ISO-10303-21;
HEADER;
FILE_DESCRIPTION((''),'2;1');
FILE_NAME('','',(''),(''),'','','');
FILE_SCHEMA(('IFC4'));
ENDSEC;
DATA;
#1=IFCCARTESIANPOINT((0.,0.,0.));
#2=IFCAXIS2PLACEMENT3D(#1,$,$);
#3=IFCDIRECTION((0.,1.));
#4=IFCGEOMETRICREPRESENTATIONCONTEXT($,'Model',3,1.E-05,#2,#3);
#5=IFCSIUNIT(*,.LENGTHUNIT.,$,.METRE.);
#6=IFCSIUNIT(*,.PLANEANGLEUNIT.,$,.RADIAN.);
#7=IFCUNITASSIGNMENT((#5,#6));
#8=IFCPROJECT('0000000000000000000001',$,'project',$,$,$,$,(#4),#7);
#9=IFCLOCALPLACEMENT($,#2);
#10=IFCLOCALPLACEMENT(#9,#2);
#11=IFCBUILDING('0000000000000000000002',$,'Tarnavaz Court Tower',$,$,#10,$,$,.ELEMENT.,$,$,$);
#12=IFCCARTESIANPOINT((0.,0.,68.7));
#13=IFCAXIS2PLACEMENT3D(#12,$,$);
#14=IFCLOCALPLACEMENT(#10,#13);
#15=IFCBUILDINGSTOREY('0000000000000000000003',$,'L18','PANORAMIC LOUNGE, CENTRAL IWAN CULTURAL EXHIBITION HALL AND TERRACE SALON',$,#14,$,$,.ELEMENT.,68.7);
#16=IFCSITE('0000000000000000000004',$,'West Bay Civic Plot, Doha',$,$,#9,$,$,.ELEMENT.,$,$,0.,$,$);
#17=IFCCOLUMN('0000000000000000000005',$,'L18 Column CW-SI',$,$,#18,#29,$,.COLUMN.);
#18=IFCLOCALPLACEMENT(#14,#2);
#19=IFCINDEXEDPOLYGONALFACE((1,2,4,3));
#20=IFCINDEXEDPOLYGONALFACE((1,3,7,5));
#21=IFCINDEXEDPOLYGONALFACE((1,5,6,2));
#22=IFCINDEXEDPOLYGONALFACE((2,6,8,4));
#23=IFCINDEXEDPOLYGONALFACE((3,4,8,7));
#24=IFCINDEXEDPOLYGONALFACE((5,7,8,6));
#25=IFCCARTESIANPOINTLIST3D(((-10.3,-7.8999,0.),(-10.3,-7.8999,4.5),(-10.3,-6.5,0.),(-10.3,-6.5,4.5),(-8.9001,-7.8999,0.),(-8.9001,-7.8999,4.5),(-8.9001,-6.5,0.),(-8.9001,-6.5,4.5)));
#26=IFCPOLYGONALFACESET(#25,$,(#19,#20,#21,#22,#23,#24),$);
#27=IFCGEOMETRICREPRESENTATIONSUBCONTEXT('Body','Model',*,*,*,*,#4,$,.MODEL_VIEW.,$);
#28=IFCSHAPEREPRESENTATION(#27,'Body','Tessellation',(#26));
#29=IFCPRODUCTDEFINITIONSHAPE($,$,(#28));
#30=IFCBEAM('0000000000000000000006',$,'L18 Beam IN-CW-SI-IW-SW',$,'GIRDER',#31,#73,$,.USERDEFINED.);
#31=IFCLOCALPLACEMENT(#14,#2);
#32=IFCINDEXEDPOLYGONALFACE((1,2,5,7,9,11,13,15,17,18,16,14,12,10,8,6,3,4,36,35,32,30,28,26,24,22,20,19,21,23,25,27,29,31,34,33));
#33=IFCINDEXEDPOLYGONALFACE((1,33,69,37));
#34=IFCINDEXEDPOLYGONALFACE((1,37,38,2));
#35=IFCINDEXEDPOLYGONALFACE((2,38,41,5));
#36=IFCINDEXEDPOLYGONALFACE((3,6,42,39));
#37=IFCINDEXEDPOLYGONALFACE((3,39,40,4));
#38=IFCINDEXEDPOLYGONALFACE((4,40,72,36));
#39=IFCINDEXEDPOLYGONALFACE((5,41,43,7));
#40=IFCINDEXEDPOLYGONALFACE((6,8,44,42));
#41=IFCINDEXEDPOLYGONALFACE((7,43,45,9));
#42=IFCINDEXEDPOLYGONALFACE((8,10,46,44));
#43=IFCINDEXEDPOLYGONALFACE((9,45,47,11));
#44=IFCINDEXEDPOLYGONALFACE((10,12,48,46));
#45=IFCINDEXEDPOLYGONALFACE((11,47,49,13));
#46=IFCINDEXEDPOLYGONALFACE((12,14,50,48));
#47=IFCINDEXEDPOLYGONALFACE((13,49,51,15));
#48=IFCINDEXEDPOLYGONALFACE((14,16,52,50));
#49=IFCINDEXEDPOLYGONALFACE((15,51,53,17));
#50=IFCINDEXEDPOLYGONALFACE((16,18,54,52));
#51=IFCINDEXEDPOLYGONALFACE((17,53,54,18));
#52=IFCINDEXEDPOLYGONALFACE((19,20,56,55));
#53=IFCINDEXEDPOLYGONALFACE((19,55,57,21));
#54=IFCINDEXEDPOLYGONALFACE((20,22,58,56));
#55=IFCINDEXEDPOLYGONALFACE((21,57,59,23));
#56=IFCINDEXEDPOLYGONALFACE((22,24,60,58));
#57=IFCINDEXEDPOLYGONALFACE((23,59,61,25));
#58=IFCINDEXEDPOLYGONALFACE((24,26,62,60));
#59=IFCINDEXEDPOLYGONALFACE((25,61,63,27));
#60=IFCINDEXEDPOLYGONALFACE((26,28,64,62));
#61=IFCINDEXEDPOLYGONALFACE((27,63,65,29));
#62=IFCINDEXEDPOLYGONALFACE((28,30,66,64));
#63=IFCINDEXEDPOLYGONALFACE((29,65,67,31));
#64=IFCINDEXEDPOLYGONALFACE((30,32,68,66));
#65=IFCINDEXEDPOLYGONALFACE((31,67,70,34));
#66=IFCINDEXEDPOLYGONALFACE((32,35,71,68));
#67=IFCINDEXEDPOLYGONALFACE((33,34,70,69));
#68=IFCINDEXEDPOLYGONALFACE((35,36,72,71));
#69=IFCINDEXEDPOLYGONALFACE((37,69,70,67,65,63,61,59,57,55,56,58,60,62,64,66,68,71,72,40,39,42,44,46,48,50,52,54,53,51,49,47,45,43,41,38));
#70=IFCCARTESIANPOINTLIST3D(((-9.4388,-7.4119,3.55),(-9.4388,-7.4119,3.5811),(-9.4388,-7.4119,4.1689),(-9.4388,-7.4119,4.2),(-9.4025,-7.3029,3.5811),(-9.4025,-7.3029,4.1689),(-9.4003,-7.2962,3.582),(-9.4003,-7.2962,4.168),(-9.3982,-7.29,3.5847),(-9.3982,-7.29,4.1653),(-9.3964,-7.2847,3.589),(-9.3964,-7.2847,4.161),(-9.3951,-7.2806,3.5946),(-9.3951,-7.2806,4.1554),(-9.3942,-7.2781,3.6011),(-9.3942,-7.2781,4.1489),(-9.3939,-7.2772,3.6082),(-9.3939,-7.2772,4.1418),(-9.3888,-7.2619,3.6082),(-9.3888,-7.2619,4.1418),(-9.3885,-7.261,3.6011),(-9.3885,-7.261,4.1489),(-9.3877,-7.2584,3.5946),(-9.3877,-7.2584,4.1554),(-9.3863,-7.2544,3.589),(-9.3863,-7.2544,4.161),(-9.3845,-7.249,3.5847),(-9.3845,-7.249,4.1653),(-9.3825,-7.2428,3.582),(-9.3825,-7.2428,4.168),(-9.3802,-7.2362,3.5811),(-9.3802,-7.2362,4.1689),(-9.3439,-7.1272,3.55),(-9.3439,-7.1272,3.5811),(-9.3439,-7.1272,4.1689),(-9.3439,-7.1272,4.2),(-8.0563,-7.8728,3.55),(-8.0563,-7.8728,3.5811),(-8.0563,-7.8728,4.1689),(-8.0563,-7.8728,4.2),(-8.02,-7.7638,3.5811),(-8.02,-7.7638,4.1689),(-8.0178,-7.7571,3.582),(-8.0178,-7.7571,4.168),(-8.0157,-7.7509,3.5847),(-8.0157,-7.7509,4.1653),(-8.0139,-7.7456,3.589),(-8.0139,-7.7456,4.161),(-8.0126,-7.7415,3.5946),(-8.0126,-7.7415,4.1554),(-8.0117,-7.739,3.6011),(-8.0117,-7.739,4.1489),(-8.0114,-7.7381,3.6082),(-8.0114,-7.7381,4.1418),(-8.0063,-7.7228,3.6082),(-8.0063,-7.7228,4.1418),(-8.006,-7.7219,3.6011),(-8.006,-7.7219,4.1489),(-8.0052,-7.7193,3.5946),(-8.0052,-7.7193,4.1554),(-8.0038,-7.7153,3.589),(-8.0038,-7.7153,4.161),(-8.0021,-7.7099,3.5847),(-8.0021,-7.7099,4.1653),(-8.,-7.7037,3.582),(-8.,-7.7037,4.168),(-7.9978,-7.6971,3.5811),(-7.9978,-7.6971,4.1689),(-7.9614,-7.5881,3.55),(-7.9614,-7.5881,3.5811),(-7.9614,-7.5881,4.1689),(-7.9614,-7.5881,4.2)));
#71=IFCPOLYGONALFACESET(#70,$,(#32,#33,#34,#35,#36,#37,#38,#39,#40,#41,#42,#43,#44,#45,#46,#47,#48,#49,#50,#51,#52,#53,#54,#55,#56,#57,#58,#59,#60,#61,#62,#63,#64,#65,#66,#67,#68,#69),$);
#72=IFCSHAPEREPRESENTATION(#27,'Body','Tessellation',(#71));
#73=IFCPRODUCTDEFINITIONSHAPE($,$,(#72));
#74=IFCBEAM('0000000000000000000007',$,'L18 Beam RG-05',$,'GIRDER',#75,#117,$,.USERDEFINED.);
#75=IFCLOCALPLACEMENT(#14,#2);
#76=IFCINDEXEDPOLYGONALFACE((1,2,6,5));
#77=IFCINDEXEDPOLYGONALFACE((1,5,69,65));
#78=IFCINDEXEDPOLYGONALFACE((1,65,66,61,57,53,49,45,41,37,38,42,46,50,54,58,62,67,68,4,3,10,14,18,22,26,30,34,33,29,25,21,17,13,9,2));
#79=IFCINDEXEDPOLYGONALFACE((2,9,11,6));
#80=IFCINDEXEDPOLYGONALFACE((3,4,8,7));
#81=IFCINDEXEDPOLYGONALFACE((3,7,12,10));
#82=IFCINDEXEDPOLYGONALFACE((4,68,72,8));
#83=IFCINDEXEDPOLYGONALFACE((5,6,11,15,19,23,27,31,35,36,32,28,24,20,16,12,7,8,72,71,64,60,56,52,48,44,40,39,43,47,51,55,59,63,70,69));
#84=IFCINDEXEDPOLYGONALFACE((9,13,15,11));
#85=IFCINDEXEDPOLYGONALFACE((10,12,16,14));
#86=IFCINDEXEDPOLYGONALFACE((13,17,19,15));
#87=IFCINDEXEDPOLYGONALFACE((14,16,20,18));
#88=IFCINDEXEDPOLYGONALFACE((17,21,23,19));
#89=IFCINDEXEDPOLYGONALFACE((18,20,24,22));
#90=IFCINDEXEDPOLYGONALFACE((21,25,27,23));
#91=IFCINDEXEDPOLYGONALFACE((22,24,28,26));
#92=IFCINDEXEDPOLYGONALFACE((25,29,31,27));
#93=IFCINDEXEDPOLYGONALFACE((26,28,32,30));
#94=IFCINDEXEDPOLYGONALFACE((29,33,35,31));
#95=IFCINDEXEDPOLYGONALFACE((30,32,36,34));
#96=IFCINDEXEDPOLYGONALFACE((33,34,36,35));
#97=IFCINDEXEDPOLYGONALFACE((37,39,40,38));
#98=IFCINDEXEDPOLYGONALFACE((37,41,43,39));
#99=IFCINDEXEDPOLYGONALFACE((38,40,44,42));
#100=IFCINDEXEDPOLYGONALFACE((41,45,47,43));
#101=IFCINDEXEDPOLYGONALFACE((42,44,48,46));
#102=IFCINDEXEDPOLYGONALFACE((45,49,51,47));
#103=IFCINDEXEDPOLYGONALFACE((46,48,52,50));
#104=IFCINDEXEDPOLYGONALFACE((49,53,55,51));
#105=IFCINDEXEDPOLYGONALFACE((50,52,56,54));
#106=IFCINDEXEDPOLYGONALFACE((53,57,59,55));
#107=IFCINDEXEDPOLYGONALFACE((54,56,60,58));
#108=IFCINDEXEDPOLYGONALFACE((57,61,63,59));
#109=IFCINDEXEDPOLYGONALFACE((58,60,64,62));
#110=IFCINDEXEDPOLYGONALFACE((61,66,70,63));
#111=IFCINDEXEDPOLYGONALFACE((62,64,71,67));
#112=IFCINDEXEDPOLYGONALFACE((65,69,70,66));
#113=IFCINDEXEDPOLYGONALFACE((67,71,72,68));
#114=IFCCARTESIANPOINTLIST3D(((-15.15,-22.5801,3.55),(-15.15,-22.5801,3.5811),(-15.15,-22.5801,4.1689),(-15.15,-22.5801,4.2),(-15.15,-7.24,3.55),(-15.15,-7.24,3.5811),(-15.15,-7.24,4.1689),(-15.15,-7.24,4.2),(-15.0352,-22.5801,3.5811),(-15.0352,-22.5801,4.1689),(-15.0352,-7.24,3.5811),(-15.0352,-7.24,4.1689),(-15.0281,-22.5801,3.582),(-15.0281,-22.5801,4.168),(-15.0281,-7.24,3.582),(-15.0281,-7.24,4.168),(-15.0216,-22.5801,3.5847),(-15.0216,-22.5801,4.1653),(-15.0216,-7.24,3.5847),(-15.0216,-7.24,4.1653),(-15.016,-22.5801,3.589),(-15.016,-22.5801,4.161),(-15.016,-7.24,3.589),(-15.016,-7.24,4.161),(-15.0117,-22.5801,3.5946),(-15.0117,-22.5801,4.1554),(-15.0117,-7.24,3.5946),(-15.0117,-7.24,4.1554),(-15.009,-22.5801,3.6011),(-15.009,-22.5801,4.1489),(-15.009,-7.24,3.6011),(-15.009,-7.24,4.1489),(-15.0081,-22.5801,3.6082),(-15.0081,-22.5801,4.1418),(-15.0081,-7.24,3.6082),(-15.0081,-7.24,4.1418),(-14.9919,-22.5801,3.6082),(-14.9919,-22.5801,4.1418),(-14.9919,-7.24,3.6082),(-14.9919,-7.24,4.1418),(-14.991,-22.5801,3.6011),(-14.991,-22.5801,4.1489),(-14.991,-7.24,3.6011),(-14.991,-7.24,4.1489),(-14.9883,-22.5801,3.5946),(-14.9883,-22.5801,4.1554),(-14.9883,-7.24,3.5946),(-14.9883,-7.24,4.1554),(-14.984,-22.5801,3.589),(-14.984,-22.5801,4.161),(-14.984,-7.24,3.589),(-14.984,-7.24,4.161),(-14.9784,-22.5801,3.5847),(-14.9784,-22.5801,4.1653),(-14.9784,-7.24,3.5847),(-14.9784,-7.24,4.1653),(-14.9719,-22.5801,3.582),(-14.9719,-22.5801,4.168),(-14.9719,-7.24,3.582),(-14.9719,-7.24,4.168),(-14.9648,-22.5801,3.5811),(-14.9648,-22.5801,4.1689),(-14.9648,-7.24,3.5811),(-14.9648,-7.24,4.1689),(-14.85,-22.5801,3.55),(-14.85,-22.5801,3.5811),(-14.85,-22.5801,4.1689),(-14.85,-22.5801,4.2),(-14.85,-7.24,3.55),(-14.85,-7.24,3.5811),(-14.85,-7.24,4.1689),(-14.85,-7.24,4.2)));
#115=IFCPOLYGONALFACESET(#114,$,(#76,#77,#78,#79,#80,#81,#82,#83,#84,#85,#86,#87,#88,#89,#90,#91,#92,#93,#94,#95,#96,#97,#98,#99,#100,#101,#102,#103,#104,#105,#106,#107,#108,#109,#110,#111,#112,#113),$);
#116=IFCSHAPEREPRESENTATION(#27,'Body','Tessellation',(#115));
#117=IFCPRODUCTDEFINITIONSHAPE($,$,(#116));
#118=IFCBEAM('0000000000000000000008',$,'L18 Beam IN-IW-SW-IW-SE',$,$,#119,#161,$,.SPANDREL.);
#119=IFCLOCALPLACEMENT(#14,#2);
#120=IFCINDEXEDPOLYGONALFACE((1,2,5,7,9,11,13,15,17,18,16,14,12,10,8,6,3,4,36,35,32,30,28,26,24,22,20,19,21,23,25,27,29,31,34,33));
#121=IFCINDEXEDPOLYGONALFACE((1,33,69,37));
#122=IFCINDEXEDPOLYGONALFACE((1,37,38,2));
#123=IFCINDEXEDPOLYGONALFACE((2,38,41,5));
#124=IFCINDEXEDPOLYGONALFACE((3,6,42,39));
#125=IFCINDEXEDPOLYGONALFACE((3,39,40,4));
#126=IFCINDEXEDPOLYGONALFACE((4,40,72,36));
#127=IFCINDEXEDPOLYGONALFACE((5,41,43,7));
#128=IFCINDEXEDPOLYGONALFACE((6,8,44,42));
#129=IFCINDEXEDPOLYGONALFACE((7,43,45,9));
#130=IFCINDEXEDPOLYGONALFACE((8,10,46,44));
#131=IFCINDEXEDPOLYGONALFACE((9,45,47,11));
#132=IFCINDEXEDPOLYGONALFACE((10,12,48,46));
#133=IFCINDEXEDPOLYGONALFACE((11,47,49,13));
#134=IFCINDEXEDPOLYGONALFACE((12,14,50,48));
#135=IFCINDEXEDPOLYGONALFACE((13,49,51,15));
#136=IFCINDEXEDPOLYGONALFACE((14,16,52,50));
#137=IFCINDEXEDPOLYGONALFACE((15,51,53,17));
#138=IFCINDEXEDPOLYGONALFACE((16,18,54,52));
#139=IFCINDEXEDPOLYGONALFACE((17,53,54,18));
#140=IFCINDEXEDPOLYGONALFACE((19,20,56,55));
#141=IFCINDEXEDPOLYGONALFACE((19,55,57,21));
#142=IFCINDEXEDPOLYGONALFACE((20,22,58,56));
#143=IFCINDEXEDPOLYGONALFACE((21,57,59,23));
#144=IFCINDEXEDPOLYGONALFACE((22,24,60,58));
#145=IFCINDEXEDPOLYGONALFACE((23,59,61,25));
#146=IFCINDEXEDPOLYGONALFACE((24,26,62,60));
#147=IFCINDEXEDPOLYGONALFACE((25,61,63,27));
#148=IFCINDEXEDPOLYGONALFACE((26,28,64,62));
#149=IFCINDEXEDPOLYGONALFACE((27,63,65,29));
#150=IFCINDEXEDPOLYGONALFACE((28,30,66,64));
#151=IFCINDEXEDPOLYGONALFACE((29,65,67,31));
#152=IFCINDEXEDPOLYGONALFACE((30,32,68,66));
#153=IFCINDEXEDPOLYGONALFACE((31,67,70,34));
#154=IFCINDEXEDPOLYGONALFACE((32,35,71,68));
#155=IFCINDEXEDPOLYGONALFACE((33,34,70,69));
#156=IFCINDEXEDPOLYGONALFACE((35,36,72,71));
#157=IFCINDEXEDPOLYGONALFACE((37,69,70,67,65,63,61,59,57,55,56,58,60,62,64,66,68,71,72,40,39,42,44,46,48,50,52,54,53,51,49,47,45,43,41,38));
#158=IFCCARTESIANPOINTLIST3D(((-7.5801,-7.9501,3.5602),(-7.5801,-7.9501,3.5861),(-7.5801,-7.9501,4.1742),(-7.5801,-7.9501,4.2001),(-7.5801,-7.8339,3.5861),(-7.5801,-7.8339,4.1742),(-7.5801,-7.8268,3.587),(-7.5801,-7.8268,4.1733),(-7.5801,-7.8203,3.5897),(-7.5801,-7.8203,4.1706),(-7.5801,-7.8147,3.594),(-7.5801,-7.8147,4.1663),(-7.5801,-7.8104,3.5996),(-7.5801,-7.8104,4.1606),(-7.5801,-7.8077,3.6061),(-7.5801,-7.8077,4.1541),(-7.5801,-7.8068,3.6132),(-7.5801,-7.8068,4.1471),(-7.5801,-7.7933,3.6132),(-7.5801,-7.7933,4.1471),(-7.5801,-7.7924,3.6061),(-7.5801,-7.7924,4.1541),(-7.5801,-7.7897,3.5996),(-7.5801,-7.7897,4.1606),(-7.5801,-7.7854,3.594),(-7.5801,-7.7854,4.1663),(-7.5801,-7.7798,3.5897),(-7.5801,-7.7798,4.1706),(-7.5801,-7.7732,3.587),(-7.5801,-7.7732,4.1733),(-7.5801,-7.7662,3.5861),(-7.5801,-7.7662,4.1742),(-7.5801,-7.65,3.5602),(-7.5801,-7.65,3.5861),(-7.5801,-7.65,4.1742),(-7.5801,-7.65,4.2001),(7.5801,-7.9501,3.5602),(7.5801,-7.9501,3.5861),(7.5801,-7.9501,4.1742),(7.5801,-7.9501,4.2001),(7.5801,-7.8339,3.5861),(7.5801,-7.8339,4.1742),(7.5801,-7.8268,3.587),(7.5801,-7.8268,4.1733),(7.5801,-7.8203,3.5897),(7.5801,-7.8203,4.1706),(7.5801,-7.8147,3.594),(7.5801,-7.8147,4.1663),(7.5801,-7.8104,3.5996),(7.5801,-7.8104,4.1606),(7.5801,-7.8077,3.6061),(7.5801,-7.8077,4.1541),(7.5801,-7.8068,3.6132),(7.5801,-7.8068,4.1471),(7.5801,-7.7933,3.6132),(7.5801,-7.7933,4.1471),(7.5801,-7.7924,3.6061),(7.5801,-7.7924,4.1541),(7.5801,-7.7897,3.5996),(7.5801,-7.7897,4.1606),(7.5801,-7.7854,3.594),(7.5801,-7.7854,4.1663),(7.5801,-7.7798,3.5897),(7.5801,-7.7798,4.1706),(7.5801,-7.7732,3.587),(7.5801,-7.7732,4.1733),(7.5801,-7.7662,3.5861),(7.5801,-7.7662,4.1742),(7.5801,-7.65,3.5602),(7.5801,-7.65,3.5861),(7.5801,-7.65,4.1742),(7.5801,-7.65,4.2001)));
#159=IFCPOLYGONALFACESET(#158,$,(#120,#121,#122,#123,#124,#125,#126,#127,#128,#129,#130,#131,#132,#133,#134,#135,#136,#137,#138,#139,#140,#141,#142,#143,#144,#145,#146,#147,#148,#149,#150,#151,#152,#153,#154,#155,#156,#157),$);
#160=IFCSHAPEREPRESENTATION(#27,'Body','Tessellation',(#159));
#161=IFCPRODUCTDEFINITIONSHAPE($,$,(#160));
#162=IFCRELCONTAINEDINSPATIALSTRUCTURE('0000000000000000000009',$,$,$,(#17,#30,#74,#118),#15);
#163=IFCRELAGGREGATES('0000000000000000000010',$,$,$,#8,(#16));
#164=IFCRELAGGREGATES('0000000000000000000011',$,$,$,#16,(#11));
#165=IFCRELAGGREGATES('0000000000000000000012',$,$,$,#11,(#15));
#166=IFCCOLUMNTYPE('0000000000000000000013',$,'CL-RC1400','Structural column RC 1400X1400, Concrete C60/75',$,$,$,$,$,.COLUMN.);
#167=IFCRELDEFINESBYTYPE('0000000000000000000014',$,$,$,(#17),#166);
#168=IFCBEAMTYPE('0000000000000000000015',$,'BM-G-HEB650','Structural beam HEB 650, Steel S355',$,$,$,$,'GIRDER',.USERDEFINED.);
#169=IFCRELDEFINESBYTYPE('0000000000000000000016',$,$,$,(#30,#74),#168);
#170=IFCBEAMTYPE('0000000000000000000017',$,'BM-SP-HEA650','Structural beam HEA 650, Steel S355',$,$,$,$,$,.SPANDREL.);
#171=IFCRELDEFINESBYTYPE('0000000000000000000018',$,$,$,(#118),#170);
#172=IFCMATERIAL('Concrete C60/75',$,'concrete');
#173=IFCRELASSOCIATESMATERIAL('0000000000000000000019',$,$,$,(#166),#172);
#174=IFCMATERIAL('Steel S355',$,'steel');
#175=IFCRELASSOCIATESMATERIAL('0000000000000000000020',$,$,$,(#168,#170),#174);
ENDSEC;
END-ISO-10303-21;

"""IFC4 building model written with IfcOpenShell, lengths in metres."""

from ifc_helpers import new_model, si_unit, direction, frame, origin, origin_2d, place, context, subcontext, project, spatial, rectangle, i_section, extrude, material, material_profile, profile_set, type_object, element, save


model = new_model("IFC4")

# Units and contexts
model_context = context("Model", 3, precision=1e-05, world=origin(), true_north=direction((0.0, 1.0)))
body_context = subcontext(model_context, "Body", "Model", "MODEL_VIEW")
ifc_project = project(units=[si_unit("LENGTHUNIT", "METRE"), si_unit("PLANEANGLEUNIT", "RADIAN")], contexts=[model_context])

# Site, building, storey
site_placement = place(None, origin())
site = spatial("IfcSite", under=ifc_project, at=site_placement, Name="West Bay Civic Plot, Doha", CompositionType="ELEMENT", RefElevation=0.0)
building_placement = place(site_placement, origin())
building = spatial("IfcBuilding", under=site, at=building_placement, Name="Tarnavaz Court Tower", CompositionType="ELEMENT")
storey_placement = place(building_placement, frame((0.0, 0.0, 68.7)))
storey = spatial("IfcBuildingStorey", under=building, at=storey_placement, Name="L18", Description="PANORAMIC LOUNGE, CENTRAL IWAN CULTURAL EXHIBITION HALL AND TERRACE SALON", CompositionType="ELEMENT", Elevation=68.7)

# Column
ifc_material_1 = material(Name="Concrete C60/75", Category="concrete")
ifc_material_profile_1 = material_profile(ifc_material_1, rectangle(XDim=1.3999, YDim=1.3999, at=origin_2d()), Name="RC 1400X1400")
ifc_profile_set_1 = profile_set([ifc_material_profile_1], Name="Concrete C60/75")
column_type = type_object("IfcColumnType", Name="CL-RC1400", Description="Structural column RC 1400X1400, Concrete C60/75", PredefinedType="COLUMN", material=ifc_profile_set_1)
column_placement = place(storey_placement, frame((-9.6001, -7.2, 0.0), z_axis=(0.0, 0.0, 1.0), x_axis=(1.0, 0.0, 0.0)))
element("IfcColumn", 1, at=column_placement, inside=storey, type_object=column_type, Name="L18 Column CW-SI", PredefinedType="COLUMN", context=body_context, shape_type="SweptSolid", body=[
    extrude(rectangle(XDim=1.3999, YDim=1.3999, at=origin_2d()), origin(), (0.0, 0.0, 1.0), 4.5),
])

# Beams
ifc_material_2 = material(Name="Steel S355", Category="steel")
ifc_material_profile_2 = material_profile(ifc_material_2, i_section(OverallWidth=0.3, OverallDepth=0.6499, WebThickness=0.0161, FlangeThickness=0.031, FilletRadius=0.0271, at=origin_2d()), Name="HEB 650")
ifc_profile_set_2 = profile_set([ifc_material_profile_2], Name="Steel S355")
beam_type_1 = type_object("IfcBeamType", Name="BM-G-HEB650", Description="Structural beam HEB 650, Steel S355", ElementType="GIRDER", PredefinedType="USERDEFINED", material=ifc_profile_set_2)
beam_1_placement = place(storey_placement, frame((-9.3914, -7.2695, 3.875), z_axis=(0.948667, -0.316278, 0.0), x_axis=(0.316278, 0.948667, 0.0)))
element("IfcBeam", 2, at=beam_1_placement, inside=storey, type_object=beam_type_1, Name="L18 Beam IN-CW-SI-IW-SW", ObjectType="GIRDER", PredefinedType="USERDEFINED", context=body_context, shape_type="SweptSolid", body=[
    extrude(i_section(OverallWidth=0.3, OverallDepth=0.6499, WebThickness=0.0161, FlangeThickness=0.031, FilletRadius=0.0271, at=origin_2d()), origin(), (0.0, 0.0, 1.0), 1.4573),
])
beam_2_placement = place(storey_placement, frame((-15.0, -7.24, 3.875), z_axis=(0.0, -1.0, 0.0), x_axis=(1.0, 0.0, 0.0)))
element("IfcBeam", 3, at=beam_2_placement, inside=storey, type_object=beam_type_1, Name="L18 Beam RG-05", ObjectType="GIRDER", PredefinedType="USERDEFINED", context=body_context, shape_type="SweptSolid", body=[
    extrude(i_section(OverallWidth=0.3, OverallDepth=0.6499, WebThickness=0.0161, FlangeThickness=0.031, FilletRadius=0.0271, at=origin_2d()), origin(), (0.0, 0.0, 1.0), 15.3401),
])
ifc_material_profile_3 = material_profile(ifc_material_2, i_section(OverallWidth=0.3, OverallDepth=0.6399, WebThickness=0.0134, FlangeThickness=0.0259, FilletRadius=0.0271, at=origin_2d()), Name="HEA 650")
ifc_profile_set_3 = profile_set([ifc_material_profile_3], Name="Steel S355")
beam_type_2 = type_object("IfcBeamType", Name="BM-SP-HEA650", Description="Structural beam HEA 650, Steel S355", PredefinedType="SPANDREL", material=ifc_profile_set_3)
for number, where, z_axis, x_axis, name in (
    (4, (-7.5801, -7.8, 3.8801), (1.0, 0.0, 0.0), (0.0, 1.0, 0.0), "L18 Beam IN-IW-SW-IW-SE"),
):
    element("IfcBeam", number, at=place(storey_placement, frame(where, z_axis=z_axis, x_axis=x_axis)), inside=storey, type_object=beam_type_2, Name=name, PredefinedType="SPANDREL", context=body_context, shape_type="SweptSolid", body=[
        extrude(i_section(OverallWidth=0.3, OverallDepth=0.6399, WebThickness=0.0134, FlangeThickness=0.0259, FilletRadius=0.0271, at=origin_2d()), origin(), (0.0, 0.0, 1.0), 15.1602),
    ])

save(model, "model.ifc")
